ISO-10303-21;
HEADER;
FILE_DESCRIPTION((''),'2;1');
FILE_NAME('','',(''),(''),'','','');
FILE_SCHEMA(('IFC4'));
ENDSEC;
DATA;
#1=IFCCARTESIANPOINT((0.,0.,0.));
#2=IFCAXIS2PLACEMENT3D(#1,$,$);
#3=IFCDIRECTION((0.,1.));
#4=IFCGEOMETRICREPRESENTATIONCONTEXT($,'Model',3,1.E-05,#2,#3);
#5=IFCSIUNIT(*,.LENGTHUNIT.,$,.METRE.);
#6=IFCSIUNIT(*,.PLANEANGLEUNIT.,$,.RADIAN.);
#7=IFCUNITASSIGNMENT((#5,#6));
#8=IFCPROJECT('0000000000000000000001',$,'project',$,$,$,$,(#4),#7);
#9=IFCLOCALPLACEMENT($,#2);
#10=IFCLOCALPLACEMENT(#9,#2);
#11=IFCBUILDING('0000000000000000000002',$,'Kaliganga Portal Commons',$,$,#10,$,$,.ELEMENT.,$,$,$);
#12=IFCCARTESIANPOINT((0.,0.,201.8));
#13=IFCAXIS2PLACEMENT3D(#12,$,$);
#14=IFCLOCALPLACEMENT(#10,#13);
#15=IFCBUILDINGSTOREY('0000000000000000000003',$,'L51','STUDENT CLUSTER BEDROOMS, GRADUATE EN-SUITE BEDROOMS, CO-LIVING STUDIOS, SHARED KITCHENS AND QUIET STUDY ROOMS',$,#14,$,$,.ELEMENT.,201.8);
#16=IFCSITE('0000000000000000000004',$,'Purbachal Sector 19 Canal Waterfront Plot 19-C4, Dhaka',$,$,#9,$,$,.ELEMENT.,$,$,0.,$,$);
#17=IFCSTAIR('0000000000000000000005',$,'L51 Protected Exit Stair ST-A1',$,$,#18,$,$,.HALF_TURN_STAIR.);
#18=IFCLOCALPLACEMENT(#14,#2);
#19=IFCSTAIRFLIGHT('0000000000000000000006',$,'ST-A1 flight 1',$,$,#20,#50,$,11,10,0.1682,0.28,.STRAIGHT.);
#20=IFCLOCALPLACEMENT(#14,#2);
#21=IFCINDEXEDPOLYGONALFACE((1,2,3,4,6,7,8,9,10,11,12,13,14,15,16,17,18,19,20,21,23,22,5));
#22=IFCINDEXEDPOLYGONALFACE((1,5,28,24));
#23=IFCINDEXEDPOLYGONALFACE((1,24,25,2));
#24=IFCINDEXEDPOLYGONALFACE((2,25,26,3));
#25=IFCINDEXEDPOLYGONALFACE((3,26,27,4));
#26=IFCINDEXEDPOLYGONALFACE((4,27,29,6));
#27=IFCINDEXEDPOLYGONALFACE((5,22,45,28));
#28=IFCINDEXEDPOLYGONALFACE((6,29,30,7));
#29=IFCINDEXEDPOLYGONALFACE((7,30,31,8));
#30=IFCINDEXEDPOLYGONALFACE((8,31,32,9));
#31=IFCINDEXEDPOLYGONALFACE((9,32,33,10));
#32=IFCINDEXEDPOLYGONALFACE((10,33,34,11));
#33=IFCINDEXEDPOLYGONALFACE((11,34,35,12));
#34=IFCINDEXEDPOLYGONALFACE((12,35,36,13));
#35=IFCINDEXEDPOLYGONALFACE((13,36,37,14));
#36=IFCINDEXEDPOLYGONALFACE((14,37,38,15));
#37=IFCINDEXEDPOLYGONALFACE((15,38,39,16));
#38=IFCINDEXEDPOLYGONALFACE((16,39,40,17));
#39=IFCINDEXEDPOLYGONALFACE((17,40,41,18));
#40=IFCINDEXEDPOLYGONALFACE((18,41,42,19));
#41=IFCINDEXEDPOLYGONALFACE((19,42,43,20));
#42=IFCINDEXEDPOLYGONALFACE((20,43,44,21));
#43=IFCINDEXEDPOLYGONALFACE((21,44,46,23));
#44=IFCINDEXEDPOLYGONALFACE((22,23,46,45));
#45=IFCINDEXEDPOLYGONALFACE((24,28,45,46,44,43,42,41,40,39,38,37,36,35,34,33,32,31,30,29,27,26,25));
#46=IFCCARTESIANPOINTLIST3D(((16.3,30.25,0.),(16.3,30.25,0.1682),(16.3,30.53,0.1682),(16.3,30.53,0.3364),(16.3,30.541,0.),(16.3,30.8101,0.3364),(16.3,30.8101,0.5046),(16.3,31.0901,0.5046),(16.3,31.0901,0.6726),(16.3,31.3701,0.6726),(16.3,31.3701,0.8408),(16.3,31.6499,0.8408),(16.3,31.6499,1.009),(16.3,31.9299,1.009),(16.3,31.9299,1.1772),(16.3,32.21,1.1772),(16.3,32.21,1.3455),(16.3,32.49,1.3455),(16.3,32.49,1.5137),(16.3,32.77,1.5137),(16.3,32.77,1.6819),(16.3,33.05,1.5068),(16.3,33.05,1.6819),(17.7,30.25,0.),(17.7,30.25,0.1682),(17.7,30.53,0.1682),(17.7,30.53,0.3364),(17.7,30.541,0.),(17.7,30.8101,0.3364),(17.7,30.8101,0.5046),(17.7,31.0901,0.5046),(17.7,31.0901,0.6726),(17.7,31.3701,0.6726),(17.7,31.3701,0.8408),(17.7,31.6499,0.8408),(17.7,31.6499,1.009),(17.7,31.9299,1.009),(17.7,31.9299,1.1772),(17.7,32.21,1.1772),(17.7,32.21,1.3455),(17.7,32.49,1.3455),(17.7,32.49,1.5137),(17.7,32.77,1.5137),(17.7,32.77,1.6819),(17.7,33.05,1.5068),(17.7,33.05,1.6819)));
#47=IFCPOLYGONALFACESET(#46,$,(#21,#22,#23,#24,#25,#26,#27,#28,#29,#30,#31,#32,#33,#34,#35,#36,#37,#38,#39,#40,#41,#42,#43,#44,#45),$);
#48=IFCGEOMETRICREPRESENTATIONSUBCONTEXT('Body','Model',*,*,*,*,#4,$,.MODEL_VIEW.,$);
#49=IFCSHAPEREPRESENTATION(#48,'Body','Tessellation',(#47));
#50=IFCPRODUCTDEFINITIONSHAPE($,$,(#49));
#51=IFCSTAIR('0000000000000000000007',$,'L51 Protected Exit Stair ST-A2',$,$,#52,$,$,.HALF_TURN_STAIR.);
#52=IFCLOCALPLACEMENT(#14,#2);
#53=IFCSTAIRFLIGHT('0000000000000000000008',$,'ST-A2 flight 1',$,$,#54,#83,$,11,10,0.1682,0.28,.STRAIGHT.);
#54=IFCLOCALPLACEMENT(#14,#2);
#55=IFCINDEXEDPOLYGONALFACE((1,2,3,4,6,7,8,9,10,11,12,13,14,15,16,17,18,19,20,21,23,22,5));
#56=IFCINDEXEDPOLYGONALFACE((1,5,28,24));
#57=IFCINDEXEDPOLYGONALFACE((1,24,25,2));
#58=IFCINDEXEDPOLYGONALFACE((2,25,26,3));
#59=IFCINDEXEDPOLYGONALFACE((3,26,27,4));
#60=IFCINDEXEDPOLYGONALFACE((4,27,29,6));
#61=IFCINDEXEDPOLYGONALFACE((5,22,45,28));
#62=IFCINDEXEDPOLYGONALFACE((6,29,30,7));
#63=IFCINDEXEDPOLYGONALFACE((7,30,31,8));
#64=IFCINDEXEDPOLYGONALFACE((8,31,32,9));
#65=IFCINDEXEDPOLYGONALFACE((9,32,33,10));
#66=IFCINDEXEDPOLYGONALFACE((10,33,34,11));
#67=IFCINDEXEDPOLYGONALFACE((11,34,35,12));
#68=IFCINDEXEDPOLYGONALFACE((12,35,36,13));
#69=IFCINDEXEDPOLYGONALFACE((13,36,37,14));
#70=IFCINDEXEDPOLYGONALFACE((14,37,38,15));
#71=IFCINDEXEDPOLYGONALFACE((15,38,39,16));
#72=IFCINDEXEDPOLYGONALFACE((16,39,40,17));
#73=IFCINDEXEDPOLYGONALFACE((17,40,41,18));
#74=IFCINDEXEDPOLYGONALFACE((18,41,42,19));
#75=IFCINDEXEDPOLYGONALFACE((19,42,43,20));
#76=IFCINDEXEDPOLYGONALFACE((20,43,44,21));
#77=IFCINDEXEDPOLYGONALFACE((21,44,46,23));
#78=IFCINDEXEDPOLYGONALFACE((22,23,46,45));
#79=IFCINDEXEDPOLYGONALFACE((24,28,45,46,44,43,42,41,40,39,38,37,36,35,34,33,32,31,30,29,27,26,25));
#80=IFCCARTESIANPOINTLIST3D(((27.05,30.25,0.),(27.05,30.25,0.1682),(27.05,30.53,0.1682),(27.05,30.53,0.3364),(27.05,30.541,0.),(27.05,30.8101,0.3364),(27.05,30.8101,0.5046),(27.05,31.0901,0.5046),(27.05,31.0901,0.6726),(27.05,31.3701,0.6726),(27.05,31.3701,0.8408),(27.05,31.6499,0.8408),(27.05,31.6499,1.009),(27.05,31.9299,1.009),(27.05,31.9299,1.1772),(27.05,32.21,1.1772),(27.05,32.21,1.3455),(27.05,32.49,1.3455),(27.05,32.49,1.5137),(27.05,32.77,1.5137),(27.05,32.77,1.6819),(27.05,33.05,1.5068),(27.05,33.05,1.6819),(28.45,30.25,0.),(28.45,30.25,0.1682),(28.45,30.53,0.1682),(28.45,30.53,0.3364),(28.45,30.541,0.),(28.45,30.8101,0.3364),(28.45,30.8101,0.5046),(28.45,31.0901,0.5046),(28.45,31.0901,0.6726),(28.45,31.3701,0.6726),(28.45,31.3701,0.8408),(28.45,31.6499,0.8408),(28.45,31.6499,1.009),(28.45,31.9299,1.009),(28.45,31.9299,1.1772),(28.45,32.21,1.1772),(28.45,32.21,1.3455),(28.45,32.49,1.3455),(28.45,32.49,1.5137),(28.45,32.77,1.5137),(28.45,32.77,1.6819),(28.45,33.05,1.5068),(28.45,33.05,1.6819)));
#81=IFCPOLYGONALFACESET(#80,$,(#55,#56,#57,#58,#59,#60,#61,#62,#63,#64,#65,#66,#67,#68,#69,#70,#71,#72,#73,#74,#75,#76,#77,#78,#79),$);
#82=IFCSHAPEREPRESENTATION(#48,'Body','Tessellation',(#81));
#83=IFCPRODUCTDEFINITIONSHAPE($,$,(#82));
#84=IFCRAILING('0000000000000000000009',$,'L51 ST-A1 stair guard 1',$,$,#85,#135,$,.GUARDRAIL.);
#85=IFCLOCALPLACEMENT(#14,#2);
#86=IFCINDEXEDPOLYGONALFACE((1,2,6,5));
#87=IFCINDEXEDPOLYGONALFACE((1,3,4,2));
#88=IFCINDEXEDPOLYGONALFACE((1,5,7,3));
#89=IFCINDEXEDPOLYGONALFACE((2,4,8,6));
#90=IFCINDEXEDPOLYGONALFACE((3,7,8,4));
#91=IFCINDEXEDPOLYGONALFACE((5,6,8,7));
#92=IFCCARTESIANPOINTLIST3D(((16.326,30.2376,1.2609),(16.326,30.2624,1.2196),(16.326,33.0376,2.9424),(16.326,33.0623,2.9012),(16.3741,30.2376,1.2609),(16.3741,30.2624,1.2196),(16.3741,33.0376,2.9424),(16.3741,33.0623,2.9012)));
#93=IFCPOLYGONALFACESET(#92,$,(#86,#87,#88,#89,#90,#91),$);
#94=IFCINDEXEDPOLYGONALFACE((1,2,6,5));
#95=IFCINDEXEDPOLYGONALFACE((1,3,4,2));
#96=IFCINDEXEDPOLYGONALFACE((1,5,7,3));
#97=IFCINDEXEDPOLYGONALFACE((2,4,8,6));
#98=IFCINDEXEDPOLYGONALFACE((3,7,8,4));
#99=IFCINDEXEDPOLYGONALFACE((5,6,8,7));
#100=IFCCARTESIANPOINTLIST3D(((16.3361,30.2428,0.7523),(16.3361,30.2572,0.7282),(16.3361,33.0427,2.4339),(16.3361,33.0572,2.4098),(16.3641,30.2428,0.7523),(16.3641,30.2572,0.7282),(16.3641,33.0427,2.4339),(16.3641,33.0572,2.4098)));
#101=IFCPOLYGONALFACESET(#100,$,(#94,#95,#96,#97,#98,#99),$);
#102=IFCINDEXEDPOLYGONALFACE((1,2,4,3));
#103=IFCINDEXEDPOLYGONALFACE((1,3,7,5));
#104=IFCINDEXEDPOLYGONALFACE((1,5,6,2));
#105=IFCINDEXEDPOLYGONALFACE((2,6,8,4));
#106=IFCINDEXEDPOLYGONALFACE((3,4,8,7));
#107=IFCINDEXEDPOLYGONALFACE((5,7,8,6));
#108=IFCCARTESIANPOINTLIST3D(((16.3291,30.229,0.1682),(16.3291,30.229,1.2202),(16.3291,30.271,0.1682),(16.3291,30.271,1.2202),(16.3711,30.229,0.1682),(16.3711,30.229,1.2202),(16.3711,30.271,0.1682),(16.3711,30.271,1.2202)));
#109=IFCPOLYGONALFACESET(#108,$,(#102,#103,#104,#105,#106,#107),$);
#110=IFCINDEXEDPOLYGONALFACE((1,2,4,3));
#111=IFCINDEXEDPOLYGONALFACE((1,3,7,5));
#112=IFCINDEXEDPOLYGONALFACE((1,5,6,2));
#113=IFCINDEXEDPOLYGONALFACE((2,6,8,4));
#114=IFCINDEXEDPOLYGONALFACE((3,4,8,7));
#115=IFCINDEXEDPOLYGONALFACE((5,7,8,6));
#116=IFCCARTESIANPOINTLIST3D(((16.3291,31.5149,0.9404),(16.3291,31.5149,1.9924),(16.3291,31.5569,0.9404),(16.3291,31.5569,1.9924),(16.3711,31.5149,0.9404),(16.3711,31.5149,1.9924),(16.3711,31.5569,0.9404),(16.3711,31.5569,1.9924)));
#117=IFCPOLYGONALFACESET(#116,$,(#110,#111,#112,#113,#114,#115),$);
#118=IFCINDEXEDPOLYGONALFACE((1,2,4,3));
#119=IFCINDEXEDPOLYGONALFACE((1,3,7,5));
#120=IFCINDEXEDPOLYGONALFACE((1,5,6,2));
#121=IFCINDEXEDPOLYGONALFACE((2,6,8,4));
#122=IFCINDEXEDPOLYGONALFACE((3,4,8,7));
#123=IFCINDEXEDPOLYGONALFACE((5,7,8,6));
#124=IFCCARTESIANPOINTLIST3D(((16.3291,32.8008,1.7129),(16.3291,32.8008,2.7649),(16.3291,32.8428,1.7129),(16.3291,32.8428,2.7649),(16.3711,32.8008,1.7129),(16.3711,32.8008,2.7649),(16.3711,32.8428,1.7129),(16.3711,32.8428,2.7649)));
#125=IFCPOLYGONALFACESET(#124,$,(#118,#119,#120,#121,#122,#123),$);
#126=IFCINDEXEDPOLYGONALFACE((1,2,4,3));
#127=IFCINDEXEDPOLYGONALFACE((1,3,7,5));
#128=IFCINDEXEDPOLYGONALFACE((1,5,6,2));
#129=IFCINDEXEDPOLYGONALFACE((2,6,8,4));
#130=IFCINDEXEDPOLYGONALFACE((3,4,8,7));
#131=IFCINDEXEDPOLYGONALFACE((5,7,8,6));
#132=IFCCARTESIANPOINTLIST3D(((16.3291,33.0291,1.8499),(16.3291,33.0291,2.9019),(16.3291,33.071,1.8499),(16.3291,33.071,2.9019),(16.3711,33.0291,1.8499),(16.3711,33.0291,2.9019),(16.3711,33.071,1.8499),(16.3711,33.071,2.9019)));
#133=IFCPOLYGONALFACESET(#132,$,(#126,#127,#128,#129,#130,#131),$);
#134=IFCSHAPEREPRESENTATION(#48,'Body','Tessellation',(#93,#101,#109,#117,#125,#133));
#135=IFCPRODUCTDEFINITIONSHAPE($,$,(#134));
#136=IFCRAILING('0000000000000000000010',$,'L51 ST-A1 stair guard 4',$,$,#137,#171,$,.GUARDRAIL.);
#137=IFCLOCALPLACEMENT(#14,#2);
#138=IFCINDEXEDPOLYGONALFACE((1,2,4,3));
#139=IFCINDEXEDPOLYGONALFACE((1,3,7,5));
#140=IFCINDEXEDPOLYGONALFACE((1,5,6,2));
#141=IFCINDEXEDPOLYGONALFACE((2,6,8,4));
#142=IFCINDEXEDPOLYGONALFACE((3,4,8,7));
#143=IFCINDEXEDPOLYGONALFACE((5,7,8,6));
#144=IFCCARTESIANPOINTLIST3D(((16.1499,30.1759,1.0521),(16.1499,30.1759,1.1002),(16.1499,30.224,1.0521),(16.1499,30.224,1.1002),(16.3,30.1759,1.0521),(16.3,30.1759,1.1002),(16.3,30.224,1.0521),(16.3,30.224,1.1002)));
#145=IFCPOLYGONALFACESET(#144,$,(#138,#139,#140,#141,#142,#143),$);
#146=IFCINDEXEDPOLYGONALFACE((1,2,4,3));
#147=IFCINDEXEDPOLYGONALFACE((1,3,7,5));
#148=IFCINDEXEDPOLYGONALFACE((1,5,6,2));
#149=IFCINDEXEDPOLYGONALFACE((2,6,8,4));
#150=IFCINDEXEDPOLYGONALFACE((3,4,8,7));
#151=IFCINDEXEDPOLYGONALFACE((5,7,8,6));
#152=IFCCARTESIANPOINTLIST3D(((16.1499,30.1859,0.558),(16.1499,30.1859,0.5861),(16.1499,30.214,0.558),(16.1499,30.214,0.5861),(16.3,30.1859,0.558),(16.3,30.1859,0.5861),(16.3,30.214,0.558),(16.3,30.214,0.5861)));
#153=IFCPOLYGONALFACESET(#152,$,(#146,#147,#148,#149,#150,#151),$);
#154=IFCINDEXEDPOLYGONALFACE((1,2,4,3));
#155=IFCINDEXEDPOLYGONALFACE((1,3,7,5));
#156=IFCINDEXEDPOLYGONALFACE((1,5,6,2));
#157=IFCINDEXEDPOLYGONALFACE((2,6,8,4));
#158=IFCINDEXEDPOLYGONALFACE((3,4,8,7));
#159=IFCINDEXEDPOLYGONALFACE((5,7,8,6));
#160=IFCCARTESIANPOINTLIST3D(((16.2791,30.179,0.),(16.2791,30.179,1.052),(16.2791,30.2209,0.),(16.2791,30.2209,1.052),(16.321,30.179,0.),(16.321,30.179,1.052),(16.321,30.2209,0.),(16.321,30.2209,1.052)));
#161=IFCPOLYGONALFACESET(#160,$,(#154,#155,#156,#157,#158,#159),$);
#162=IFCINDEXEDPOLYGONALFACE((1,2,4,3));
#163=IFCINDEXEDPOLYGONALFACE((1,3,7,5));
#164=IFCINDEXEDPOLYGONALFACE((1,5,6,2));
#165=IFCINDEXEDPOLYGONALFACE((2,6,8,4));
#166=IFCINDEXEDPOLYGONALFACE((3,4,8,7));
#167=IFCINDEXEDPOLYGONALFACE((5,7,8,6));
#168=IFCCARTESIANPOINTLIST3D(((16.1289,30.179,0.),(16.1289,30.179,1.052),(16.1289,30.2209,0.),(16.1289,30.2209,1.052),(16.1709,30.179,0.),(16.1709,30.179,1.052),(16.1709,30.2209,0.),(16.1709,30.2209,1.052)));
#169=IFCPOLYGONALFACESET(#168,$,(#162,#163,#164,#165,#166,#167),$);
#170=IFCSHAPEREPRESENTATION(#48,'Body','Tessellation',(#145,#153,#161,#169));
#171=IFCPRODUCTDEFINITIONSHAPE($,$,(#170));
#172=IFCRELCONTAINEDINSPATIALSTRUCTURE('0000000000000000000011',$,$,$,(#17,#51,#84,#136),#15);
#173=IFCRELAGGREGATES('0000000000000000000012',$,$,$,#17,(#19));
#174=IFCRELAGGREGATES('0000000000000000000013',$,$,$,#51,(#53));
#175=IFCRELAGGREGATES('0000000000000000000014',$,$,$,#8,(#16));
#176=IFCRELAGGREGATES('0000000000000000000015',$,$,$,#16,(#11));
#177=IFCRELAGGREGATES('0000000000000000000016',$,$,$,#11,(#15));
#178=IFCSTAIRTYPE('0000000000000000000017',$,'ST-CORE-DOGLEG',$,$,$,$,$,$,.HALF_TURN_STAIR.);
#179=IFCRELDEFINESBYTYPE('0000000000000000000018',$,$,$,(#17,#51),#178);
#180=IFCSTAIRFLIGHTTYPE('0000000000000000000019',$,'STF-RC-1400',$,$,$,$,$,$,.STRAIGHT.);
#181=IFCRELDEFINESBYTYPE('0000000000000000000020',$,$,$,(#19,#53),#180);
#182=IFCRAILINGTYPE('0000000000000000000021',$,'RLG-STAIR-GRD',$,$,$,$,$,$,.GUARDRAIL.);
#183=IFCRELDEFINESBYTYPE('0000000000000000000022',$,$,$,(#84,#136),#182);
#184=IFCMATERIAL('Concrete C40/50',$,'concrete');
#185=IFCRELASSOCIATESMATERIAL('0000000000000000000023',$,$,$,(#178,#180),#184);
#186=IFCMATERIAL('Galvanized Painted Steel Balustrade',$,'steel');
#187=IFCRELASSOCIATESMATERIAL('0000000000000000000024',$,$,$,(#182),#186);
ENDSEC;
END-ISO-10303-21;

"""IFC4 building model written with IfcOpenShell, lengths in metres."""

from ifc_helpers import new_model, si_unit, direction, frame, origin, origin_2d, place, context, subcontext, project, spatial, polyline, rectangle, outline, extrude, material, type_object, element, aggregate, save


model = new_model("IFC4")

# Units and contexts
model_context = context("Model", 3, precision=1e-05, world=origin(), true_north=direction((0.0, 1.0)))
body_context = subcontext(model_context, "Body", "Model", "MODEL_VIEW")
ifc_project = project(units=[si_unit("LENGTHUNIT", "METRE"), si_unit("PLANEANGLEUNIT", "RADIAN")], contexts=[model_context])

# Site, building, storey
site_placement = place(None, origin())
site = spatial("IfcSite", under=ifc_project, at=site_placement, Name="Purbachal Sector 19 Canal Waterfront Plot 19-C4, Dhaka", CompositionType="ELEMENT", RefElevation=0.0)
building_placement = place(site_placement, origin())
building = spatial("IfcBuilding", under=site, at=building_placement, Name="Kaliganga Portal Commons", CompositionType="ELEMENT")
storey_placement = place(building_placement, frame((0.0, 0.0, 201.8)))
storey = spatial("IfcBuildingStorey", under=building, at=storey_placement, Name="L51", Description="STUDENT CLUSTER BEDROOMS, GRADUATE EN-SUITE BEDROOMS, CO-LIVING STUDIOS, SHARED KITCHENS AND QUIET STUDY ROOMS", CompositionType="ELEMENT", Elevation=201.8)

# Stairs, stair flights
ifc_material_1 = material(Name="Concrete C40/50", Category="concrete")
stair_type = type_object("IfcStairType", Name="ST-CORE-DOGLEG", PredefinedType="HALF_TURN_STAIR", material=ifc_material_1)
stair_1_placement = place(storey_placement, origin())
stair_1 = element("IfcStair", 1, at=stair_1_placement, inside=storey, type_object=stair_type, Name="L51 Protected Exit Stair ST-A1", PredefinedType="HALF_TURN_STAIR")
stair_flight_type = type_object("IfcStairFlightType", Name="STF-RC-1400", PredefinedType="STRAIGHT", material=ifc_material_1)
stair_flight_1_placement = place(storey_placement, frame((17.0, 30.25, 0.0), z_axis=(0.0, 0.0, 1.0), x_axis=(0.0, 1.0, 0.0)))
stair_flight_1 = element("IfcStairFlight", 2, at=stair_flight_1_placement, type_object=stair_flight_type, Name="ST-A1 flight 1", NumberOfRisers=11, NumberOfTreads=10, PredefinedType="STRAIGHT", RiserHeight=0.1682, TreadLength=0.28, context=body_context, shape_type="SweptSolid", body=[
    extrude(outline(polyline([(0.0, 0.0), (0.0, 0.1682), (0.28, 0.1682), (0.28, 0.3364), (0.5601, 0.3364), (0.5601, 0.5046), (0.8401, 0.5046), (0.8401, 0.6726), (1.1201, 0.6726), (1.1201, 0.8408), (1.3999, 0.8408), (1.3999, 1.009), (1.6799, 1.009), (1.6799, 1.1772), (1.96, 1.1772), (1.96, 1.3455), (2.24, 1.3455), (2.24, 1.5137), (2.52, 1.5137), (2.52, 1.6819), (2.8, 1.6819), (2.8, 1.8501), (2.8, 1.5068), (0.291, 0.0), (0.0, 0.0)])), frame((0.0, 0.7, 0.0), z_axis=(0.0, -1.0, 0.0), x_axis=(1.0, 0.0, 0.0)), (0.0, 0.0, 1.0), 1.3999),
])
aggregate(stair_1, [stair_flight_1])
stair_2_placement = place(storey_placement, origin())
stair_2 = element("IfcStair", 3, at=stair_2_placement, inside=storey, type_object=stair_type, Name="L51 Protected Exit Stair ST-A2", PredefinedType="HALF_TURN_STAIR")
stair_flight_2_placement = place(storey_placement, frame((27.75, 30.25, 0.0), z_axis=(0.0, 0.0, 1.0), x_axis=(0.0, 1.0, 0.0)))
stair_flight_2 = element("IfcStairFlight", 4, at=stair_flight_2_placement, type_object=stair_flight_type, Name="ST-A2 flight 1", NumberOfRisers=11, NumberOfTreads=10, PredefinedType="STRAIGHT", RiserHeight=0.1682, TreadLength=0.28, context=body_context, shape_type="SweptSolid", body=[
    extrude(outline(polyline([(0.0, 0.0), (0.0, 0.1682), (0.28, 0.1682), (0.28, 0.3364), (0.5601, 0.3364), (0.5601, 0.5046), (0.8401, 0.5046), (0.8401, 0.6726), (1.1201, 0.6726), (1.1201, 0.8408), (1.3999, 0.8408), (1.3999, 1.009), (1.6799, 1.009), (1.6799, 1.1772), (1.96, 1.1772), (1.96, 1.3455), (2.24, 1.3455), (2.24, 1.5137), (2.52, 1.5137), (2.52, 1.6819), (2.8, 1.6819), (2.8, 1.8501), (2.8, 1.5068), (0.291, 0.0), (0.0, 0.0)])), frame((0.0, 0.7, 0.0), z_axis=(0.0, -1.0, 0.0), x_axis=(1.0, 0.0, 0.0)), (0.0, 0.0, 1.0), 1.3999),
])
aggregate(stair_2, [stair_flight_2])

# Railings
ifc_material_2 = material(Name="Galvanized Painted Steel Balustrade", Category="steel")
railing_type_1 = type_object("IfcRailingType", Name="RLG-STAIR-GRD", PredefinedType="GUARDRAIL", material=ifc_material_2)
railing_1_placement = place(storey_placement, frame((16.3501, 30.25, 0.1682)))
element("IfcRailing", 5, at=railing_1_placement, inside=storey, type_object=railing_type_1, Name="L51 ST-A1 stair guard 1", PredefinedType="GUARDRAIL", context=body_context, shape_type="SweptSolid", body=[
    extrude(rectangle(XDim=0.0481, YDim=0.0481, at=origin_2d()), frame((0.0, 0.0, 1.072), z_axis=(0.0, 0.857275, 0.514858), x_axis=(-1.0, 0.0, 0.0)), (0.0, 0.0, 1.0), 3.2661),
    extrude(rectangle(XDim=0.0281, YDim=0.0281, at=origin_2d()), frame((0.0, 0.0, 0.572), z_axis=(0.0, 0.857275, 0.514858), x_axis=(-1.0, 0.0, 0.0)), (0.0, 0.0, 1.0), 3.2661),
    extrude(rectangle(XDim=0.042, YDim=0.042, at=origin_2d()), origin(), (0.0, 0.0, 1.0), 1.052),
    extrude(rectangle(XDim=0.042, YDim=0.042, at=origin_2d()), frame((0.0, 1.2859, 0.7722)), (0.0, 0.0, 1.0), 1.052),
    extrude(rectangle(XDim=0.042, YDim=0.042, at=origin_2d()), frame((0.0, 2.5718, 1.5447)), (0.0, 0.0, 1.0), 1.052),
    extrude(rectangle(XDim=0.042, YDim=0.042, at=origin_2d()), frame((0.0, 2.8, 1.6816)), (0.0, 0.0, 1.0), 1.052),
])
railing_2_placement = place(storey_placement, frame((16.3, 30.2, 0.0)))
element("IfcRailing", 6, at=railing_2_placement, inside=storey, type_object=railing_type_1, Name="L51 ST-A1 stair guard 4", PredefinedType="GUARDRAIL", context=body_context, shape_type="SweptSolid", body=[
    extrude(rectangle(XDim=0.0481, YDim=0.0481, at=origin_2d()), frame((0.0, 0.0, 1.0762), z_axis=(-1.0, 0.0, 0.0), x_axis=(0.0, -1.0, 0.0)), (0.0, 0.0, 1.0), 0.1501),
    extrude(rectangle(XDim=0.0281, YDim=0.0281, at=origin_2d()), frame((0.0, 0.0, 0.572), z_axis=(-1.0, 0.0, 0.0), x_axis=(0.0, -1.0, 0.0)), (0.0, 0.0, 1.0), 0.1501),
    extrude(rectangle(XDim=0.042, YDim=0.042, at=origin_2d()), origin(), (0.0, 0.0, 1.0), 1.052),
    extrude(rectangle(XDim=0.042, YDim=0.042, at=origin_2d()), frame((-0.1501, 0.0, 0.0)), (0.0, 0.0, 1.0), 1.052),
])

save(model, "model.ifc")
